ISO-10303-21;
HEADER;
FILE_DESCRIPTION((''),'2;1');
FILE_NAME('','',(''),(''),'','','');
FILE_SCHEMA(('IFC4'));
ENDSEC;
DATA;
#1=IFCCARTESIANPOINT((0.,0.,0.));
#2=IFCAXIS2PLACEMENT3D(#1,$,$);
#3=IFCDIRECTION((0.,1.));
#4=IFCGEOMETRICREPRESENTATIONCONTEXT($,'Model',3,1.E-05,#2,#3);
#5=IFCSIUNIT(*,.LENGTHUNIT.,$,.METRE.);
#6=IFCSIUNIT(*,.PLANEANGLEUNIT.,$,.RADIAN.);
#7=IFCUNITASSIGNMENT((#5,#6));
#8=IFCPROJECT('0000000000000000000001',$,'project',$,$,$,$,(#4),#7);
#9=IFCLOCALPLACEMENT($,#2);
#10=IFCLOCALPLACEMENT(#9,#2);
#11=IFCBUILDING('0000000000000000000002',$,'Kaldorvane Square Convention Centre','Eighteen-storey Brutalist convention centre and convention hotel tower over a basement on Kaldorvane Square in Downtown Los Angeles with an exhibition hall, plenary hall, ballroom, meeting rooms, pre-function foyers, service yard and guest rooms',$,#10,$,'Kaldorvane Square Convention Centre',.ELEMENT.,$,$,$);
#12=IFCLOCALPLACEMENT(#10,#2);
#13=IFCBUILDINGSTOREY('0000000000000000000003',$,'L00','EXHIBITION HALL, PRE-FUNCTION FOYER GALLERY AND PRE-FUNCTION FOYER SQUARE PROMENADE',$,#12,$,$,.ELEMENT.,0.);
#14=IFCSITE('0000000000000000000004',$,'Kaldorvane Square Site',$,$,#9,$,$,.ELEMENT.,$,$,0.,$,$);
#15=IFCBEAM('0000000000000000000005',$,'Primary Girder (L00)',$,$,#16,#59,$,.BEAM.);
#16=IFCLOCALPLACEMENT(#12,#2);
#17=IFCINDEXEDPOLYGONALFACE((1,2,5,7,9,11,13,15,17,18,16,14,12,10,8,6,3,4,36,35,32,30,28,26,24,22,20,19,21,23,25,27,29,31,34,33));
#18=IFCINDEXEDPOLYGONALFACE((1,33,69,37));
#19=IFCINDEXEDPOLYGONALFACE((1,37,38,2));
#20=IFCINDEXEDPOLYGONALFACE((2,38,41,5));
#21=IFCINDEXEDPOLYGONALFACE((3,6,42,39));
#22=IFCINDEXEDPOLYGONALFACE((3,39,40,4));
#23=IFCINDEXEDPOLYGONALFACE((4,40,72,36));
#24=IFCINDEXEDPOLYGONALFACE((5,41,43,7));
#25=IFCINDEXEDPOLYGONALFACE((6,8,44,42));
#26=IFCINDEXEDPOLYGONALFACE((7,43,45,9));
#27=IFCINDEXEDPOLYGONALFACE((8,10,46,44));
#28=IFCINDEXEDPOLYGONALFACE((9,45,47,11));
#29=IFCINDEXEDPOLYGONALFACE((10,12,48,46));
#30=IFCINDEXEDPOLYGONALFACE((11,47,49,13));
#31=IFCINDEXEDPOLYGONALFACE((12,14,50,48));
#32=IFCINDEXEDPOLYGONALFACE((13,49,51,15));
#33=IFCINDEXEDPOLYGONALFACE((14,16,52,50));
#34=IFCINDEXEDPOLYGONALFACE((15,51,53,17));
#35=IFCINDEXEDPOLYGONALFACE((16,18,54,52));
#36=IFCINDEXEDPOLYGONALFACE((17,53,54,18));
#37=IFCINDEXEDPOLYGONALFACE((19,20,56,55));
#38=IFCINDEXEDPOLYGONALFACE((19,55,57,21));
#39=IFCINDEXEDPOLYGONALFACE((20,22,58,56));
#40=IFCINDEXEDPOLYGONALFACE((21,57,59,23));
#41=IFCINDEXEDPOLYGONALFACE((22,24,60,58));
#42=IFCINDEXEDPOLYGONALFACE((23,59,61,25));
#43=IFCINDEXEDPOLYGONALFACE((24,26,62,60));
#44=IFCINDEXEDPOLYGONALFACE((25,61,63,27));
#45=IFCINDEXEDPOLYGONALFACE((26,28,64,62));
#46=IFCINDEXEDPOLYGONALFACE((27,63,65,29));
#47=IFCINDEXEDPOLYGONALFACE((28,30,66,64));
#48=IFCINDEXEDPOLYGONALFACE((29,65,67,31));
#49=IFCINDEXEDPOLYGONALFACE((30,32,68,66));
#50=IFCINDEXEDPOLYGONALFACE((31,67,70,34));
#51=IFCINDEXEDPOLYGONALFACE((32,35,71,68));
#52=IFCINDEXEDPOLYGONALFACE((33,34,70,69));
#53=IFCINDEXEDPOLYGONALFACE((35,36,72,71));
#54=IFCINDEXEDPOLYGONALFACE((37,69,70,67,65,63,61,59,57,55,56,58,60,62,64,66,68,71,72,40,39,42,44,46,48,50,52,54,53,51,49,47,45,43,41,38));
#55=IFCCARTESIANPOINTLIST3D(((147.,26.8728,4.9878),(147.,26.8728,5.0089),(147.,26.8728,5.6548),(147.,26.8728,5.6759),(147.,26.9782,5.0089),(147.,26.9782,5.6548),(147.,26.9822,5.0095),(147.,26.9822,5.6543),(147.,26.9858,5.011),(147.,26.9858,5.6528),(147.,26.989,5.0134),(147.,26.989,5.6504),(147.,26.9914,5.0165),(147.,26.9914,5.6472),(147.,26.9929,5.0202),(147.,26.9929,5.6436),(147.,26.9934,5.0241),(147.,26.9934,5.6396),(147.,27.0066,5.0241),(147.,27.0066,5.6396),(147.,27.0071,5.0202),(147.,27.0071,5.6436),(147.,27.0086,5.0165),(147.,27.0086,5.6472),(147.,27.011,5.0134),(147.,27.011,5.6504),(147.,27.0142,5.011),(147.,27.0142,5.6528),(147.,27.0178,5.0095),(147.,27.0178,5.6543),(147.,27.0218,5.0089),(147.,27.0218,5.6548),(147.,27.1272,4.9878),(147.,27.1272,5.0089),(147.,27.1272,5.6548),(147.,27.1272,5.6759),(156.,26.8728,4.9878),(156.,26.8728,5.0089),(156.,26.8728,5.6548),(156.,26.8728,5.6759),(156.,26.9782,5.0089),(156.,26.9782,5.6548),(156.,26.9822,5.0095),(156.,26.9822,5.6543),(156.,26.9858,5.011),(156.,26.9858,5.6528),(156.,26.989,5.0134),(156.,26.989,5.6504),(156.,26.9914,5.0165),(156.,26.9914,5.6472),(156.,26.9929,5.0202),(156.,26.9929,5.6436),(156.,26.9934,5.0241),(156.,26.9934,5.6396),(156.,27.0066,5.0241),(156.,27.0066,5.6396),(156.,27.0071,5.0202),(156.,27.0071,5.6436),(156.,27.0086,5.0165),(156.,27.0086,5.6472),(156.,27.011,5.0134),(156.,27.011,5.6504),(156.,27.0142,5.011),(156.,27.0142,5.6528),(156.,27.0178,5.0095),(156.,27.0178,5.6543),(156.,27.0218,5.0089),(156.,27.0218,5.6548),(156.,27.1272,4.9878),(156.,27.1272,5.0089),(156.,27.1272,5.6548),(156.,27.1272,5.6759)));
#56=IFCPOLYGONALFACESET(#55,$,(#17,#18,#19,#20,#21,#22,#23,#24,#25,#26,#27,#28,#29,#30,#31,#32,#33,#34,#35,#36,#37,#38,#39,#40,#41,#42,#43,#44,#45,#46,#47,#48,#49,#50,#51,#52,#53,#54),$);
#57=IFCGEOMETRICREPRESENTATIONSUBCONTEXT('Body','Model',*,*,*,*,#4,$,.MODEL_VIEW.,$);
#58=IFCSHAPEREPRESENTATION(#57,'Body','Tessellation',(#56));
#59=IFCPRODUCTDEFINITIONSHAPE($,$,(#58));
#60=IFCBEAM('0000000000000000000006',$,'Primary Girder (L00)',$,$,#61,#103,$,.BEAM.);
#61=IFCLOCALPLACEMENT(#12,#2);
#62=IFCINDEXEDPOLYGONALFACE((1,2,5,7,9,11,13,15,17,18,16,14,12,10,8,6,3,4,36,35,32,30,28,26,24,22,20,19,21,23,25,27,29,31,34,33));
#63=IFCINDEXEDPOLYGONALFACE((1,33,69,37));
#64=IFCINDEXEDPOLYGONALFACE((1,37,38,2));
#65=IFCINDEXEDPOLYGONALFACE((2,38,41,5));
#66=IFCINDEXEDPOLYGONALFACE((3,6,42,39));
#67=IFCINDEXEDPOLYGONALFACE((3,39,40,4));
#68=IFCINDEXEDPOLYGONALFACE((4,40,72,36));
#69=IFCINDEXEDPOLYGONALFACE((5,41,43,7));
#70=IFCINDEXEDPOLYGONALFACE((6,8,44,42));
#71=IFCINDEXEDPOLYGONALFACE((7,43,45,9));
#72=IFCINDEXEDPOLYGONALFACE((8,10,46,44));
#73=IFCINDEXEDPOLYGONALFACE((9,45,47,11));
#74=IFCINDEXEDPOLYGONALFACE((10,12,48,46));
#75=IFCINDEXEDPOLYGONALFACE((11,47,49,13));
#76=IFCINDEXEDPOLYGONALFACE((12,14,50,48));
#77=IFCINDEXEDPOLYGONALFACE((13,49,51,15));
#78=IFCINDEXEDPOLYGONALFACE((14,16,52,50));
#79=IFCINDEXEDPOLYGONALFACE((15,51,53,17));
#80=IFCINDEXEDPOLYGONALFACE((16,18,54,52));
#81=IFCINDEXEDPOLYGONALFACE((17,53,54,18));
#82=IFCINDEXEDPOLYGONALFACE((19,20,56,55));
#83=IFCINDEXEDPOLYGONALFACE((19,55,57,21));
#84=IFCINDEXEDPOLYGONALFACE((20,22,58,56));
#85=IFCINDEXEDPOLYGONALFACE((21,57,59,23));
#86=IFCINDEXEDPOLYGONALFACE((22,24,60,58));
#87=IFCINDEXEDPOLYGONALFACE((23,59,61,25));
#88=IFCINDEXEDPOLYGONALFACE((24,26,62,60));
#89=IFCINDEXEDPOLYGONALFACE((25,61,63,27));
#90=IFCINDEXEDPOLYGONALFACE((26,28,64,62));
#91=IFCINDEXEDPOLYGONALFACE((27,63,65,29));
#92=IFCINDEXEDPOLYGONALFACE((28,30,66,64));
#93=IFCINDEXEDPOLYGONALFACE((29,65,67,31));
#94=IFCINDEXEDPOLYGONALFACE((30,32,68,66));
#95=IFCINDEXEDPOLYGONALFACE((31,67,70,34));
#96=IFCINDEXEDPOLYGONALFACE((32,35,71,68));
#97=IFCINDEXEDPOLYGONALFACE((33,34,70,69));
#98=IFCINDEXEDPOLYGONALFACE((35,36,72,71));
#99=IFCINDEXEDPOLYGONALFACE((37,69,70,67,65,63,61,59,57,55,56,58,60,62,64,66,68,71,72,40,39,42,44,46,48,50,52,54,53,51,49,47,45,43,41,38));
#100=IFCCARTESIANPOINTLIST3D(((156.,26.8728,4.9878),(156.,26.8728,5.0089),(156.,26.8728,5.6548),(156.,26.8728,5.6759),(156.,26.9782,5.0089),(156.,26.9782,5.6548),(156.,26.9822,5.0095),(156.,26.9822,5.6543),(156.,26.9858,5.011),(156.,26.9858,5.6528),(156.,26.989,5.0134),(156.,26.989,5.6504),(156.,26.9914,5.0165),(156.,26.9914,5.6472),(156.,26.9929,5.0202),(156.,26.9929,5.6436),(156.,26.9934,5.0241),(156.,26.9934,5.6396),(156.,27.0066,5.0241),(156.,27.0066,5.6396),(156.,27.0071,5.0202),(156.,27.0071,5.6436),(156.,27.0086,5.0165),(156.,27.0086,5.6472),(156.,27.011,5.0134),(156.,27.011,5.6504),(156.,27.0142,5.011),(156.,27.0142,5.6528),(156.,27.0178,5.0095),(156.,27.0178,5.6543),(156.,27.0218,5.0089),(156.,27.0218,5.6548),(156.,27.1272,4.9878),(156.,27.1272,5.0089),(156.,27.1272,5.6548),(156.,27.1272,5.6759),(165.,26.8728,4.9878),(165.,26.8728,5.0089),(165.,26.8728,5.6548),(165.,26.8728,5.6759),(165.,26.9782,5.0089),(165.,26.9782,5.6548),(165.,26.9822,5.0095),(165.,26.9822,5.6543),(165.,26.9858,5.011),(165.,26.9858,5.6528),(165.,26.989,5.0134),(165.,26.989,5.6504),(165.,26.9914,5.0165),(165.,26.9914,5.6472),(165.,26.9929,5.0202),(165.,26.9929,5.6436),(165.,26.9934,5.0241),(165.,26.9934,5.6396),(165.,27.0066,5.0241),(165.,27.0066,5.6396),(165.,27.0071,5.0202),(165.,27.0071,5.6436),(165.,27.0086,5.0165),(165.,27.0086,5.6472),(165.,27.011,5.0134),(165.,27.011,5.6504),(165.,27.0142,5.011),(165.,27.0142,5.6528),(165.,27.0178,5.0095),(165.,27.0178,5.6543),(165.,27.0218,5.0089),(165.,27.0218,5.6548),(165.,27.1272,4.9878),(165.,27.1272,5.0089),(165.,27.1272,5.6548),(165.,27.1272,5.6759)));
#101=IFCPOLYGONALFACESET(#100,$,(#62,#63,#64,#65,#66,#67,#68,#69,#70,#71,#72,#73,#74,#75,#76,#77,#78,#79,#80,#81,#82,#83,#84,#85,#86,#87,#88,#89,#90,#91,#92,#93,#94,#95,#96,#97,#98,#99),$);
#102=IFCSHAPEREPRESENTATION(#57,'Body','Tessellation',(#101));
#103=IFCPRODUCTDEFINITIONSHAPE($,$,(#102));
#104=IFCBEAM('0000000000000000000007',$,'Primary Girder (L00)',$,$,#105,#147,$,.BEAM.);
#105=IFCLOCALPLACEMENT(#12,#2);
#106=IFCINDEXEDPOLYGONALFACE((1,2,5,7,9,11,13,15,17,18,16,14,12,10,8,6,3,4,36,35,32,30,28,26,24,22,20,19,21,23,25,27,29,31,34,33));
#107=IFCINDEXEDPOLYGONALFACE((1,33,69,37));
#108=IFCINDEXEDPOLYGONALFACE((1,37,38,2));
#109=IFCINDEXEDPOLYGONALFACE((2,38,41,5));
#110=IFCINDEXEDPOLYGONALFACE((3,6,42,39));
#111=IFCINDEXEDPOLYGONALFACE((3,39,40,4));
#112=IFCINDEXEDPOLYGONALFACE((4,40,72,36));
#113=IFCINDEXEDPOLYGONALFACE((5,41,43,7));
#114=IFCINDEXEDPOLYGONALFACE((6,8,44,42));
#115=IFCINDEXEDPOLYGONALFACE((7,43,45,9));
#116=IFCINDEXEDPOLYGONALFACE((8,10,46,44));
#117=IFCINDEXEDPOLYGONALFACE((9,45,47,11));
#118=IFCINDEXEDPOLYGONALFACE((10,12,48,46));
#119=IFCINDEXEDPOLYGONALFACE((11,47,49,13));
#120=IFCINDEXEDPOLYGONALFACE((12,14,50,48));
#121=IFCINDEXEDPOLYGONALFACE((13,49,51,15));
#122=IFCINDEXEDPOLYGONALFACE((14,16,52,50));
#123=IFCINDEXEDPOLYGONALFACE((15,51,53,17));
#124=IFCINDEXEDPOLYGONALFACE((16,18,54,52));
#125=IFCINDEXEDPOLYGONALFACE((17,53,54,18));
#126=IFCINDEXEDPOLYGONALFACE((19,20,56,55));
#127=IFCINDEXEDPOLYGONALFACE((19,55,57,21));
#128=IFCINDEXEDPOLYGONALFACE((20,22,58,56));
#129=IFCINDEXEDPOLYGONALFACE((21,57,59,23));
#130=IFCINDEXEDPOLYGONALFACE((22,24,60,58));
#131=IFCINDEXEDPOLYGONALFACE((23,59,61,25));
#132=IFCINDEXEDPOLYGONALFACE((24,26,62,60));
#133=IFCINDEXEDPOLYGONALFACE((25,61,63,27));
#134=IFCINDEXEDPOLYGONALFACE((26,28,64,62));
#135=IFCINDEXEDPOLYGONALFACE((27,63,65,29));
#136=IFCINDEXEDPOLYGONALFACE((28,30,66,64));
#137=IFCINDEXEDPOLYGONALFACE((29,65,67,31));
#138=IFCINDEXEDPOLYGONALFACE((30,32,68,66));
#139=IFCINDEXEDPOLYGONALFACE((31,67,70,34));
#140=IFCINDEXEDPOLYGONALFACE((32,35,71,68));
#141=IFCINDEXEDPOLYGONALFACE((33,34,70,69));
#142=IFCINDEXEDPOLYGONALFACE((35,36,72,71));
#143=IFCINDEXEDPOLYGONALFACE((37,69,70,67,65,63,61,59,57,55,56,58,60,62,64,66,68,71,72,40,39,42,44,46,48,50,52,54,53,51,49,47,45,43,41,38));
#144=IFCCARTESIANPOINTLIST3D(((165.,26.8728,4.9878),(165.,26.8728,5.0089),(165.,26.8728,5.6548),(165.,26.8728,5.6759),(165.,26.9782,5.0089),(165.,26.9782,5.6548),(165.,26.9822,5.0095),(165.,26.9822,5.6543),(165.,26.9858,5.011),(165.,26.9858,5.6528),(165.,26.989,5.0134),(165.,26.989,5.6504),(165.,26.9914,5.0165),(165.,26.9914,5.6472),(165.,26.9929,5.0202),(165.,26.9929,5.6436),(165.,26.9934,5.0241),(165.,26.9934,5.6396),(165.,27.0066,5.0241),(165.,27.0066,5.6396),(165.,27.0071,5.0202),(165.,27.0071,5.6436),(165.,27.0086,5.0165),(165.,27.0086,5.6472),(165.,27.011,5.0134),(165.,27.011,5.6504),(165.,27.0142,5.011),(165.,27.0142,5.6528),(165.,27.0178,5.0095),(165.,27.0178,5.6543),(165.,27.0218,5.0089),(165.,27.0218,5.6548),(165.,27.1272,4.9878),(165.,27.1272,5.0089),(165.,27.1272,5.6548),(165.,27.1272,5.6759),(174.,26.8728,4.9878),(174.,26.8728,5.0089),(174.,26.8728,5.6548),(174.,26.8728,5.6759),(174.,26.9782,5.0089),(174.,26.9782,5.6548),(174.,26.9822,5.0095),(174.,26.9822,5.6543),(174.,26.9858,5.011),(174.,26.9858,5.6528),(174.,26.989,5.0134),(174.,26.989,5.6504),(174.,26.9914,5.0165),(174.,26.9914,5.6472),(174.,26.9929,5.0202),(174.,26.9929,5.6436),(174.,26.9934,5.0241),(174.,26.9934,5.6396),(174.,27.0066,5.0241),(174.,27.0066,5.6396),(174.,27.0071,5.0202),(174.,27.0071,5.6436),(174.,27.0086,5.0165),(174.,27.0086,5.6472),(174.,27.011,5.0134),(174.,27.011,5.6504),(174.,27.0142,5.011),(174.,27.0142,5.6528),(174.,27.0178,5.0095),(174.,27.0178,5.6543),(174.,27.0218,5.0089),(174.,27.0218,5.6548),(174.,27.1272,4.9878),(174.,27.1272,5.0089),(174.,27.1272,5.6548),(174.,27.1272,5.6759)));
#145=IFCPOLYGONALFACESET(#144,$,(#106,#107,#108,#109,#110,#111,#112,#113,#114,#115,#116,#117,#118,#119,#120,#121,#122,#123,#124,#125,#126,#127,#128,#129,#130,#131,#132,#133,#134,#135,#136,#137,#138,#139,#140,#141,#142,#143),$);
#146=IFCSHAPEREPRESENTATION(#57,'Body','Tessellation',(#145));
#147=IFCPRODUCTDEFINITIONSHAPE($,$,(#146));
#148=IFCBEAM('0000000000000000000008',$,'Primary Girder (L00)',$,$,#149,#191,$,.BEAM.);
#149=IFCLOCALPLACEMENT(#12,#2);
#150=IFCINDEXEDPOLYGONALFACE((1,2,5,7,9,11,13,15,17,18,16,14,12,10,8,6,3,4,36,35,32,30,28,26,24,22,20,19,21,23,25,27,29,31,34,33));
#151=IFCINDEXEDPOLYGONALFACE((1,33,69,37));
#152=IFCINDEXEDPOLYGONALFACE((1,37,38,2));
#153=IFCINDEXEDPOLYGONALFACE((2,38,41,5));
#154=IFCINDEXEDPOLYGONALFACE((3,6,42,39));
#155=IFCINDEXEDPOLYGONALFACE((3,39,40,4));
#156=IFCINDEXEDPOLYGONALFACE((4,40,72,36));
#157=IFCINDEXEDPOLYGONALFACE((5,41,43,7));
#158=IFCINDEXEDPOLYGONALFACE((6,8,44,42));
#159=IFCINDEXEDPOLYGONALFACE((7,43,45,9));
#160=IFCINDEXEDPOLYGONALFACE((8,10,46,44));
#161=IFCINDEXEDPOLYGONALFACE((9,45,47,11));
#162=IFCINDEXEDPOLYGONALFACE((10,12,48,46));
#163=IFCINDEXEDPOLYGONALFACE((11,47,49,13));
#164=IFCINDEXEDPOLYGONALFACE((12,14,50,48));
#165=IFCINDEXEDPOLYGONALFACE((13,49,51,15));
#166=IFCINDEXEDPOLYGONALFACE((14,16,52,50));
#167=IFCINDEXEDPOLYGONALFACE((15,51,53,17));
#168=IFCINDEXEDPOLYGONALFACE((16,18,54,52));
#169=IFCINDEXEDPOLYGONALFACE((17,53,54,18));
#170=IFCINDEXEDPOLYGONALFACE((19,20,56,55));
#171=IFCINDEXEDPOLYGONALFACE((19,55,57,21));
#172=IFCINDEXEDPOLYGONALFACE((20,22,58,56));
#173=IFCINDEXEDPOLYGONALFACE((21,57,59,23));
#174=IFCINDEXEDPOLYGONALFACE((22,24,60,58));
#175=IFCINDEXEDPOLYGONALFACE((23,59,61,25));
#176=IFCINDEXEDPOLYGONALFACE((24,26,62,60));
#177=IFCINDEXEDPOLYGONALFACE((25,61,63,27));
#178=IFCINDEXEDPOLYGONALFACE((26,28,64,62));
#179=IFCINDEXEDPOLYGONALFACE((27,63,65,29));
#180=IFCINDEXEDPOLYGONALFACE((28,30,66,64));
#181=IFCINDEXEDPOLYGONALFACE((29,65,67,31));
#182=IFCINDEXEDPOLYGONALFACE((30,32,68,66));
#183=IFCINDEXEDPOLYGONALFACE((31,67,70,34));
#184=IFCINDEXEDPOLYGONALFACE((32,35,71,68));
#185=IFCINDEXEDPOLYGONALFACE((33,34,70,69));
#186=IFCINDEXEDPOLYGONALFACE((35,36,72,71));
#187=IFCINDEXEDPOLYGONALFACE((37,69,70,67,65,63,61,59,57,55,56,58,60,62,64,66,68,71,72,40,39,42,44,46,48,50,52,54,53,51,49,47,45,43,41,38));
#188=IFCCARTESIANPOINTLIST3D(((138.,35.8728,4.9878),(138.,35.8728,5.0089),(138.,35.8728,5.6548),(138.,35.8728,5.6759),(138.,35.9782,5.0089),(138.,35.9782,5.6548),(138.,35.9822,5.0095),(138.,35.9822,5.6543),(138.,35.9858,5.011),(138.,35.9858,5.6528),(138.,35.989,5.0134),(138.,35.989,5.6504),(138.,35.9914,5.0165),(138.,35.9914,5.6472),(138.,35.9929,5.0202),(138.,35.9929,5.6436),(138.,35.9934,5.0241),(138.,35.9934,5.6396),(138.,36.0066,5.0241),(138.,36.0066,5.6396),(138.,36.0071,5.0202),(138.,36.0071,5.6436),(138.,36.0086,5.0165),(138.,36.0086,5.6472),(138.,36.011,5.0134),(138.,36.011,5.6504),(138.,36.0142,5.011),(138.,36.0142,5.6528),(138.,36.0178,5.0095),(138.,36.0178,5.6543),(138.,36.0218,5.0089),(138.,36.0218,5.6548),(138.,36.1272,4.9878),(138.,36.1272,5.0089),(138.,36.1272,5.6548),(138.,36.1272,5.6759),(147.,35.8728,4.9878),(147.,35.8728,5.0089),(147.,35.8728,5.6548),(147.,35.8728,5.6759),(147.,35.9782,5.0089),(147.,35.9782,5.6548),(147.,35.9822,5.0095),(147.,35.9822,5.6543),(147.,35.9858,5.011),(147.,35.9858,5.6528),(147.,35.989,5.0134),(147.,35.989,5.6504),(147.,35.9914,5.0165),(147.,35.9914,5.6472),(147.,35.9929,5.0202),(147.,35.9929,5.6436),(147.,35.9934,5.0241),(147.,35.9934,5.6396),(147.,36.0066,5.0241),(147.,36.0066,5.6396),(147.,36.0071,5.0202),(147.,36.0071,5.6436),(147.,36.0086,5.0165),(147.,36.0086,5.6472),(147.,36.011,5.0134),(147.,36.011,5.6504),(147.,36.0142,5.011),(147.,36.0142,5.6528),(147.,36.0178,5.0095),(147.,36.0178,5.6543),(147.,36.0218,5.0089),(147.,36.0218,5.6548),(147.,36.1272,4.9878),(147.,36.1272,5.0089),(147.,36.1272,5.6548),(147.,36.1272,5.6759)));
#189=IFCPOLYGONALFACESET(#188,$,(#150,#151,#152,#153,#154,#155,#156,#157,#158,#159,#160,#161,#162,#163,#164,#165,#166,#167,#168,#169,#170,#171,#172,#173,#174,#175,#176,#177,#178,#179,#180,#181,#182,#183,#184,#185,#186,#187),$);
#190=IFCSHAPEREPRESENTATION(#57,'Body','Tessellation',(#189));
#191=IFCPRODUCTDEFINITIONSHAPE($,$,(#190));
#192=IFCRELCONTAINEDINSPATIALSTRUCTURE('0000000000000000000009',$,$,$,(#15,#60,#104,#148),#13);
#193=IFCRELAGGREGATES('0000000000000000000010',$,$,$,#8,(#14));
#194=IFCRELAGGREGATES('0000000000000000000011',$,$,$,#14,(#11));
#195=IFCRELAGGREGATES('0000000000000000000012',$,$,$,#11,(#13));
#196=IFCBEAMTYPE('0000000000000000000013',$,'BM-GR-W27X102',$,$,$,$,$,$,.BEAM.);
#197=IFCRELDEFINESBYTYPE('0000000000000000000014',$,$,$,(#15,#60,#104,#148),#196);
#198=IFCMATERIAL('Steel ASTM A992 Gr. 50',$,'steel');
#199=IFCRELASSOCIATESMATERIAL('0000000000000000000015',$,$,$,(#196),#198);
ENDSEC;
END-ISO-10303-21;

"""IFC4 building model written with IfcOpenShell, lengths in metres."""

from ifc_helpers import new_model, si_unit, direction, frame, origin, origin_2d, place, context, subcontext, project, spatial, i_section, extrude, material, material_profile, profile_set, type_object, element, save


model = new_model("IFC4")

# Units and contexts
model_context = context("Model", 3, precision=1e-05, world=origin(), true_north=direction((0.0, 1.0)))
body_context = subcontext(model_context, "Body", "Model", "MODEL_VIEW")
ifc_project = project(units=[si_unit("LENGTHUNIT", "METRE"), si_unit("PLANEANGLEUNIT", "RADIAN")], contexts=[model_context])

# Site, building, storey
site_placement = place(None, origin())
site = spatial("IfcSite", under=ifc_project, at=site_placement, Name="Kaldorvane Square Site", CompositionType="ELEMENT", RefElevation=0.0)
building_placement = place(site_placement, origin())
building = spatial("IfcBuilding", under=site, at=building_placement, Name="Kaldorvane Square Convention Centre", Description="Eighteen-storey Brutalist convention centre and convention hotel tower over a basement on Kaldorvane Square in Downtown Los Angeles with an exhibition hall, plenary hall, ballroom, meeting rooms, pre-function foyers, service yard and guest rooms", LongName="Kaldorvane Square Convention Centre", CompositionType="ELEMENT")
storey_placement = place(building_placement, origin())
storey = spatial("IfcBuildingStorey", under=building, at=storey_placement, Name="L00", Description="EXHIBITION HALL, PRE-FUNCTION FOYER GALLERY AND PRE-FUNCTION FOYER SQUARE PROMENADE", CompositionType="ELEMENT", Elevation=0.0)

# Shared definitions
ifc_material_1 = material(Name="Steel ASTM A992 Gr. 50", Category="steel")

# Beams
ifc_material_profile_1 = material_profile(ifc_material_1, i_section(OverallWidth=0.2544, OverallDepth=0.6881, WebThickness=0.0131, FlangeThickness=0.0211, FilletRadius=0.0152, at=origin_2d()), Name="W27X102")
ifc_profile_set_1 = profile_set([ifc_material_profile_1], Name="Steel ASTM A992 Gr. 50")
beam_type_1 = type_object("IfcBeamType", Name="BM-GR-W27X102", PredefinedType="BEAM", material=ifc_profile_set_1)
for number, where, z_axis, x_axis, name in (
    (1, (147.0, 27.0, 5.3319), (1.0, 0.0, 0.0), (0.0, 1.0, 0.0), "Primary Girder (L00)"),
    (2, (156.0, 27.0, 5.3319), (1.0, 0.0, 0.0), (0.0, 1.0, 0.0), "Primary Girder (L00)"),
    (3, (165.0, 27.0, 5.3319), (1.0, 0.0, 0.0), (0.0, 1.0, 0.0), "Primary Girder (L00)"),
    (4, (138.0, 36.0, 5.3319), (1.0, 0.0, 0.0), (0.0, 1.0, 0.0), "Primary Girder (L00)"),
):
    element("IfcBeam", number, at=place(storey_placement, frame(where, z_axis=z_axis, x_axis=x_axis)), inside=storey, type_object=beam_type_1, Name=name, PredefinedType="BEAM", context=body_context, shape_type="SweptSolid", body=[
        extrude(i_section(OverallWidth=0.2544, OverallDepth=0.6881, WebThickness=0.0131, FlangeThickness=0.0211, FilletRadius=0.0152, at=origin_2d()), origin(), (0.0, 0.0, 1.0), 9.0),
    ])

save(model, "model.ifc")
